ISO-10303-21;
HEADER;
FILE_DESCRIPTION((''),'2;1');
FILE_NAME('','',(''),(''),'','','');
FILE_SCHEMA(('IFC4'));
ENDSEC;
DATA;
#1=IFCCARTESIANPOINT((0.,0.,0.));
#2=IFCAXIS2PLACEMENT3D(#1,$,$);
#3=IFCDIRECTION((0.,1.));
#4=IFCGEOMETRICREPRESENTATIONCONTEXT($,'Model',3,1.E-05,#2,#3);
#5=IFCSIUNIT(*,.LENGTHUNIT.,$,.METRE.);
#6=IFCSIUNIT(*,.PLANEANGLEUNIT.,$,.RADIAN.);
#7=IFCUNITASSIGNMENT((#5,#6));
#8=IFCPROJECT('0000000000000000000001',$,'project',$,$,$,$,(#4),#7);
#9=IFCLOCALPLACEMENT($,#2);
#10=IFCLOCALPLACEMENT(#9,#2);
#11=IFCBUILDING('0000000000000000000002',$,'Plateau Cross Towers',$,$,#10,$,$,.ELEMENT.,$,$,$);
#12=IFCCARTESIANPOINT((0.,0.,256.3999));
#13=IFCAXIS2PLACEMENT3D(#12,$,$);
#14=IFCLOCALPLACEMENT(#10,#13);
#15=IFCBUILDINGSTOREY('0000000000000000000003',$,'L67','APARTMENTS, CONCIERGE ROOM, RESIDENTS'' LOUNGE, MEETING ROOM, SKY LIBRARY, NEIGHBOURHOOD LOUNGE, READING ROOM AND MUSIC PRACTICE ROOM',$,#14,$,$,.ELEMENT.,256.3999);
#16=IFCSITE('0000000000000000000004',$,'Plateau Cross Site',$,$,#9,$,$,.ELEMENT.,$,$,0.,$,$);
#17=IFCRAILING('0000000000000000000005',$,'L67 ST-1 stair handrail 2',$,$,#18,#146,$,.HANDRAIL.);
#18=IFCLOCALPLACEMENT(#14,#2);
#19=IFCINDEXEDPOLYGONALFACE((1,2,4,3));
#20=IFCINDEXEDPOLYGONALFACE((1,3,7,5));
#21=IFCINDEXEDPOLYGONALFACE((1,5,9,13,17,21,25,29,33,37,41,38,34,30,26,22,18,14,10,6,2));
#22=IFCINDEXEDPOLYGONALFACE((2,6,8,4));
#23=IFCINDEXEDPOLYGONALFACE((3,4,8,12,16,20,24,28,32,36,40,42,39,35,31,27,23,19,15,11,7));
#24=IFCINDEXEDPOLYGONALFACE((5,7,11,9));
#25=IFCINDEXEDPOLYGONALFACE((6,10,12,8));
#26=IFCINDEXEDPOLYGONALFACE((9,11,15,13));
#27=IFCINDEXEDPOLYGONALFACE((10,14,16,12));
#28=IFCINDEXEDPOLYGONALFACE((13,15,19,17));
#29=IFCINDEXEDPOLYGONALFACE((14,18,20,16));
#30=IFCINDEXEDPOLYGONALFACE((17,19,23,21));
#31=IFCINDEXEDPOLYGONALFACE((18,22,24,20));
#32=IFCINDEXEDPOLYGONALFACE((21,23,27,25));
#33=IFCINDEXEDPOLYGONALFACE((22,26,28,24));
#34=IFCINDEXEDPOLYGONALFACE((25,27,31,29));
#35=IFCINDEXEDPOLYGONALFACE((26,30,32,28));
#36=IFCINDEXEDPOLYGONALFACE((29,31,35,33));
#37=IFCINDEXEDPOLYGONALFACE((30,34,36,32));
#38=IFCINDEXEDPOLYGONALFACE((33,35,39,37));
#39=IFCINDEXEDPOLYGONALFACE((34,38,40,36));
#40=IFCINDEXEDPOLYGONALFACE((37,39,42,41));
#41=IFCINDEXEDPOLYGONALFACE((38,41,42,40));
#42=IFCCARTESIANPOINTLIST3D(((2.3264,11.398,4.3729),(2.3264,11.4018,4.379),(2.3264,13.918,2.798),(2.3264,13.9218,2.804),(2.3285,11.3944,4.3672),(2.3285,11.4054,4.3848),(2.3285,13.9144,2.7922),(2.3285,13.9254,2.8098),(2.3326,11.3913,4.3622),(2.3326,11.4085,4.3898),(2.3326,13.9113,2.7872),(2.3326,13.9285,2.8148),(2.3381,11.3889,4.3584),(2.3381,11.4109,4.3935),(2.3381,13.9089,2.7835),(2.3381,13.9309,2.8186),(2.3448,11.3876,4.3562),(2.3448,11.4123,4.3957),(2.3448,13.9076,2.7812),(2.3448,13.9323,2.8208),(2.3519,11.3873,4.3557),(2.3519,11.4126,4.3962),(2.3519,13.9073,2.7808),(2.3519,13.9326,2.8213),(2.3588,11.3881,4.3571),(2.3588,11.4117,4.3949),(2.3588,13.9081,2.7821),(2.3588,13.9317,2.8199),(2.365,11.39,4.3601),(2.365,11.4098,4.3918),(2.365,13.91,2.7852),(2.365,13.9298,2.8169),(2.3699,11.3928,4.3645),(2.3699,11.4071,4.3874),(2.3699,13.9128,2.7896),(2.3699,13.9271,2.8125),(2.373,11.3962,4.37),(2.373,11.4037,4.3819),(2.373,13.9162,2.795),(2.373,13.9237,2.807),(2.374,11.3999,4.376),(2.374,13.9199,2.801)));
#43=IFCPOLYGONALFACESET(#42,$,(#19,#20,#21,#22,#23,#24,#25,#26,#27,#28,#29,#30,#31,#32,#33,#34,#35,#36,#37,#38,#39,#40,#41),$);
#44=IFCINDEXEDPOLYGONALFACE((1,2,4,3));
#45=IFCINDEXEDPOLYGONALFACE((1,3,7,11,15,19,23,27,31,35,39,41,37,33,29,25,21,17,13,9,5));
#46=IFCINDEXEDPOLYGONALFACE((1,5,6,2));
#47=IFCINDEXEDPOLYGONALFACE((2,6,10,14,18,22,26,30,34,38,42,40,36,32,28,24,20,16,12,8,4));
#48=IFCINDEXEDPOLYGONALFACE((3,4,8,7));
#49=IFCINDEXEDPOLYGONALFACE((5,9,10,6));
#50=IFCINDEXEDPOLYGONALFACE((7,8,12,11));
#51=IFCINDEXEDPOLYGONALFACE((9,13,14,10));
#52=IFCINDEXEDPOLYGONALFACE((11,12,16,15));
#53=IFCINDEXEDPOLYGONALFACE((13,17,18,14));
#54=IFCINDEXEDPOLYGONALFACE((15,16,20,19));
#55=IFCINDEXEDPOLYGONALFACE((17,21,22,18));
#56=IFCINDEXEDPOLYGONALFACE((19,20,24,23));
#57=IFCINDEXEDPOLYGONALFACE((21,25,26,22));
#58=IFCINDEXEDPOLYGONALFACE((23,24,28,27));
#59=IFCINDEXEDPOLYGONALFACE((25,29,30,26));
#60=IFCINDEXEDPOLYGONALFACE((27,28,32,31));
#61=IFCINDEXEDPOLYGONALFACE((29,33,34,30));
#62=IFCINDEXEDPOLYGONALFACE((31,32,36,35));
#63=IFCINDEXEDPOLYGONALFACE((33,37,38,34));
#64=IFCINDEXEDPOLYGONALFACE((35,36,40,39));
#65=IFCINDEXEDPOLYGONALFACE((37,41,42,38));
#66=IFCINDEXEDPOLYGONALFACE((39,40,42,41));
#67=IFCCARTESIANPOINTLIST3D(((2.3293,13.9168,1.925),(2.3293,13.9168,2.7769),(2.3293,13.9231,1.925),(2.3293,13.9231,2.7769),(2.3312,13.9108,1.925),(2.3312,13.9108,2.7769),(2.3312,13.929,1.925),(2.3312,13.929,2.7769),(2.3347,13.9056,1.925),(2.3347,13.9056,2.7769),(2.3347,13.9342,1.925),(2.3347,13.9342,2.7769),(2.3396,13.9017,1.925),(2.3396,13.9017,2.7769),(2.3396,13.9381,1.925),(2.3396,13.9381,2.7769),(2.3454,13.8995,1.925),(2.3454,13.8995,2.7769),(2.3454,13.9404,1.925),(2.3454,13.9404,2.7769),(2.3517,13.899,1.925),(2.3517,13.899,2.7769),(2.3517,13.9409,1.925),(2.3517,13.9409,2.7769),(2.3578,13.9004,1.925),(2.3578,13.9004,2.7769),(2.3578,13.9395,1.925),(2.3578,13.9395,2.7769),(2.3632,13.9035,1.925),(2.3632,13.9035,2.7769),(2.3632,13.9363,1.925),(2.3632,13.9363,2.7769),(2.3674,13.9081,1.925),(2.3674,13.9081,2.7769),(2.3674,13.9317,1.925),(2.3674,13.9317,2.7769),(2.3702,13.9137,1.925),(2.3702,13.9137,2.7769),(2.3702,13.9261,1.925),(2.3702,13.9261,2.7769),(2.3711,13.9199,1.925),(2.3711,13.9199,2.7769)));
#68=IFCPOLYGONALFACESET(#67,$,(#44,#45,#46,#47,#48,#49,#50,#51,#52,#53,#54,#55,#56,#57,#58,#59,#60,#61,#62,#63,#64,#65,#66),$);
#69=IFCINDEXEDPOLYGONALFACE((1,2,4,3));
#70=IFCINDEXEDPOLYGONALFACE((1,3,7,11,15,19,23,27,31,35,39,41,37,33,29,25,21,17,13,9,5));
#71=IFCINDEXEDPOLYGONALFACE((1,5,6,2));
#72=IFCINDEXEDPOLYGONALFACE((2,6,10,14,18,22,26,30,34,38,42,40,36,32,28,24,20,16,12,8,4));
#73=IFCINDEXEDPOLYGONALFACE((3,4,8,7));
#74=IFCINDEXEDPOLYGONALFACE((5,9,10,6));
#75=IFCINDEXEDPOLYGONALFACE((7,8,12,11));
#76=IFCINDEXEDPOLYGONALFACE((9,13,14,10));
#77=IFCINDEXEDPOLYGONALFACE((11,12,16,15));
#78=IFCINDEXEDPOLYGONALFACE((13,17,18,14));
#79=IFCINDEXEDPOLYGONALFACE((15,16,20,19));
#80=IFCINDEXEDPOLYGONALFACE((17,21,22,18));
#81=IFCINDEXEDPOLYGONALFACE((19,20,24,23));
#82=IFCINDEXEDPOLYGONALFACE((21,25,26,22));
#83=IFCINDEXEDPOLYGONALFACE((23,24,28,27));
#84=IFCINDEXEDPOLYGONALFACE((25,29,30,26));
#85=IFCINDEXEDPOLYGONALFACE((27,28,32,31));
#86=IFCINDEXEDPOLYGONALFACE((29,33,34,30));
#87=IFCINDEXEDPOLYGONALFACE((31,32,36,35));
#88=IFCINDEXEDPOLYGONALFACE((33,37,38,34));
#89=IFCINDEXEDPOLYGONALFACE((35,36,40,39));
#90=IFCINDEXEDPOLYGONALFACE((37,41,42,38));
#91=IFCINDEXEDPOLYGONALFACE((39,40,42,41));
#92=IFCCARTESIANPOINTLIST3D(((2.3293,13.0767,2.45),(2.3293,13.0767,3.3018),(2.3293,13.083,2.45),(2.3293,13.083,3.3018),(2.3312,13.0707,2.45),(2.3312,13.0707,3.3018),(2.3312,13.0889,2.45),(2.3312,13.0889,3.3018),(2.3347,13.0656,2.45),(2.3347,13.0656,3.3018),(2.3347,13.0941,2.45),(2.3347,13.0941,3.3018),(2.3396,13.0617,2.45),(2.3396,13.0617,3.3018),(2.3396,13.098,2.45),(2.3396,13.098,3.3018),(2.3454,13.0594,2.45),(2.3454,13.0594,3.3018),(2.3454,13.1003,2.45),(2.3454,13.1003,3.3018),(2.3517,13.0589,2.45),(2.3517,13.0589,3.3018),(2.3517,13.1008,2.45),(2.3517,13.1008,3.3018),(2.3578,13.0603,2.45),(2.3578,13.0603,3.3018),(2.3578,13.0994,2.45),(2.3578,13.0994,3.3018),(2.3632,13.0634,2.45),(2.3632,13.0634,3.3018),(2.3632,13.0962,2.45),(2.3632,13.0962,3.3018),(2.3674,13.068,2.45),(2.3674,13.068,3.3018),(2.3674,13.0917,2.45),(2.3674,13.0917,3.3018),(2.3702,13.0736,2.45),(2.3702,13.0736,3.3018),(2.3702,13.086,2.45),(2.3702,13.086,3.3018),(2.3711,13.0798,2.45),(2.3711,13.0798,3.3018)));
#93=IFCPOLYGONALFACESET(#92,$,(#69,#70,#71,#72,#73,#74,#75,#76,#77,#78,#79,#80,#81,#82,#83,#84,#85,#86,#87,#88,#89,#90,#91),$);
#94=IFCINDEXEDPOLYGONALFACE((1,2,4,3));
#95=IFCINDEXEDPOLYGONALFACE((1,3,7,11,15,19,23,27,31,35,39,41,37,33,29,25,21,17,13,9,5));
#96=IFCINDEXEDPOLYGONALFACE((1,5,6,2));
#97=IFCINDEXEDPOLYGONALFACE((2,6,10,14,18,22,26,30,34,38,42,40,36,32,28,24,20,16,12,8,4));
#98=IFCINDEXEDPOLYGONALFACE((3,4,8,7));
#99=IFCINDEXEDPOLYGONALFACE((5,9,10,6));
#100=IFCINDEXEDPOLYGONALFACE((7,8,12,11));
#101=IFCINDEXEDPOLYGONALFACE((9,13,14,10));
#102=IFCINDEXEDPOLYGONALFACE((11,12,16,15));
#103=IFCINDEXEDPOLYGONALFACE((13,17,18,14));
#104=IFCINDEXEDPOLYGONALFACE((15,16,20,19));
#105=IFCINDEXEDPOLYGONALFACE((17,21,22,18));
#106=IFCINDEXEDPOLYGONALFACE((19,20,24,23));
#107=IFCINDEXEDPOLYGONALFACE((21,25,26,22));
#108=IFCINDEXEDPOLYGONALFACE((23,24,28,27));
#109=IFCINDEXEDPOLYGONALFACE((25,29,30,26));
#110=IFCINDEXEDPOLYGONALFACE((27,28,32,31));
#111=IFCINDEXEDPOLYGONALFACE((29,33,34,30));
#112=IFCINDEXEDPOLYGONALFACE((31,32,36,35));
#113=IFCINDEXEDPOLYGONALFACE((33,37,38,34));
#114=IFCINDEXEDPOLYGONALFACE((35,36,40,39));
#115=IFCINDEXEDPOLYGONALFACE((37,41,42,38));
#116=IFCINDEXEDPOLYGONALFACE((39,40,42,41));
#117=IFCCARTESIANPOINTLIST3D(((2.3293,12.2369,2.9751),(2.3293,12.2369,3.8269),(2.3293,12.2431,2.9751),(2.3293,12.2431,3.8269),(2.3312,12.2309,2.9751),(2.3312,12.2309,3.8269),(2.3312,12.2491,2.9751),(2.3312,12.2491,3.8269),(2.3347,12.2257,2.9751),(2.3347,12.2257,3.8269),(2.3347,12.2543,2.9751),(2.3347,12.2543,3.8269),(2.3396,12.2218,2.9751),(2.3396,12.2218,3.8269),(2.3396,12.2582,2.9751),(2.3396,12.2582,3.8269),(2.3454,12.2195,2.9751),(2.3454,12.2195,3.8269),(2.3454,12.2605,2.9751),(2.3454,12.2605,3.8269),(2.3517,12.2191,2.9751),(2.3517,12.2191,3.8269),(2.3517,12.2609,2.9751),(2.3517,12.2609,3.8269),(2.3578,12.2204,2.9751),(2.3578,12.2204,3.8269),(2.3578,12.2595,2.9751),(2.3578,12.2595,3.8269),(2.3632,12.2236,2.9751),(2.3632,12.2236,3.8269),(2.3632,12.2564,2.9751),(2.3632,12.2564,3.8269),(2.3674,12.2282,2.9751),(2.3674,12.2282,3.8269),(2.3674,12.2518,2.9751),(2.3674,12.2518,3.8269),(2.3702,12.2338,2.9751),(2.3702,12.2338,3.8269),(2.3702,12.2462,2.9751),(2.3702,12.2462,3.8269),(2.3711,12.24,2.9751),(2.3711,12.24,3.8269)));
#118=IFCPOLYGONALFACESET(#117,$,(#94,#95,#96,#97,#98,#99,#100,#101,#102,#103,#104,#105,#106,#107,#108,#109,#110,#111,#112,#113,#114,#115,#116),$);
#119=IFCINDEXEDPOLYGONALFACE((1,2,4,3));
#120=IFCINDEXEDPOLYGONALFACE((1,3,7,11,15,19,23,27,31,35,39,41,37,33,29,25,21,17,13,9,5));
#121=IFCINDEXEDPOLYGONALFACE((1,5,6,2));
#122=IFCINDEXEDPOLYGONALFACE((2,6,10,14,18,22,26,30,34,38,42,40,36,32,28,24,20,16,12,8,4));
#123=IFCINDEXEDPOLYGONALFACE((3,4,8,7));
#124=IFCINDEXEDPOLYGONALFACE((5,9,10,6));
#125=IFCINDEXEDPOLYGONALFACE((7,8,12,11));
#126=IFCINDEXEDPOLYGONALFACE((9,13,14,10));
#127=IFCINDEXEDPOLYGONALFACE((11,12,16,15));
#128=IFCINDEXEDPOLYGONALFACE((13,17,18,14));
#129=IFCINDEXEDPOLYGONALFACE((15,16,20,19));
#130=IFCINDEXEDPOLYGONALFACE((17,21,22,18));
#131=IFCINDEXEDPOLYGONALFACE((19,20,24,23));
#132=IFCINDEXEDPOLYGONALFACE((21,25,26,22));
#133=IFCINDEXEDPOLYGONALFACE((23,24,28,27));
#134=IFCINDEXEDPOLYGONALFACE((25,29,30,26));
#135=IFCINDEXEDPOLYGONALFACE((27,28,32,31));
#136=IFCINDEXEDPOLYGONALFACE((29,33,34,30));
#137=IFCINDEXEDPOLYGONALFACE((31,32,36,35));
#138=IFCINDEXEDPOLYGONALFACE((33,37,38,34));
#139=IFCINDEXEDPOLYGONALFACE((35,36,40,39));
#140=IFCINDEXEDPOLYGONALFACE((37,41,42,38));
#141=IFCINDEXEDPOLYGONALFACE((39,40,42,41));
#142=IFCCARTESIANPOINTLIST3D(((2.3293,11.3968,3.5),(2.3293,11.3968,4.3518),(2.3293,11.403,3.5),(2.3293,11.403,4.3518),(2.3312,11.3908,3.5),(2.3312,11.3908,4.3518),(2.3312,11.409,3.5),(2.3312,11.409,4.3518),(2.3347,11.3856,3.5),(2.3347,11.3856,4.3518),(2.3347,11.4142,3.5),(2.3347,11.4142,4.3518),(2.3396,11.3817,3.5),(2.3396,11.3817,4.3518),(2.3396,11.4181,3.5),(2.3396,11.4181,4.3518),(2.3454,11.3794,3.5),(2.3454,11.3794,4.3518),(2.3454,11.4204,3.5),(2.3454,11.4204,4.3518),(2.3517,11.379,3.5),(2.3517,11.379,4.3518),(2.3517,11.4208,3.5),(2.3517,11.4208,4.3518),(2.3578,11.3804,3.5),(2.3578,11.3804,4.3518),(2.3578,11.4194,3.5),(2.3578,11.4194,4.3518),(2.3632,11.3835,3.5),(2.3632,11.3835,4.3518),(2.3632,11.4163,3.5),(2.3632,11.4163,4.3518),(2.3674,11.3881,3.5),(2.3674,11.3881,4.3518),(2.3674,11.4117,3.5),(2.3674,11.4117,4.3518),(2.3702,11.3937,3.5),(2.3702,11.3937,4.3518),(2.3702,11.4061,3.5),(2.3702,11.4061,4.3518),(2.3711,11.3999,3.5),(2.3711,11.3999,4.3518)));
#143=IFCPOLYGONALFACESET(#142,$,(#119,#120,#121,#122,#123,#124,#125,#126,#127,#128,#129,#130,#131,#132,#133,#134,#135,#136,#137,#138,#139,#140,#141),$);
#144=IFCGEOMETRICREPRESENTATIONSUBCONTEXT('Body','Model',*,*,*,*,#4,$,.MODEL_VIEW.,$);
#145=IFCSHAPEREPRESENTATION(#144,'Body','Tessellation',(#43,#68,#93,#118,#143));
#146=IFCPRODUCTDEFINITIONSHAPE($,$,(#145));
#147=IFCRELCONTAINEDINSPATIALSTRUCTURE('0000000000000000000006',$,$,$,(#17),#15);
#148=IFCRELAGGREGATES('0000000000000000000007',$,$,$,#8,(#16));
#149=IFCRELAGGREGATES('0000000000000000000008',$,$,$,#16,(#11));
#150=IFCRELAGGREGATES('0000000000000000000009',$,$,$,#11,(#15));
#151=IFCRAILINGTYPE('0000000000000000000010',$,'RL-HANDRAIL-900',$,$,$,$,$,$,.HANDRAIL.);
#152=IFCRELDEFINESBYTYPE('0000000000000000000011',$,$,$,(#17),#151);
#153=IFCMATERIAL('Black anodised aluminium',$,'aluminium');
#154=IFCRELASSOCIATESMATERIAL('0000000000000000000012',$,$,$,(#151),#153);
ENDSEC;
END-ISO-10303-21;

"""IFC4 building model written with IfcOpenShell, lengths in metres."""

from ifc_helpers import new_model, si_unit, direction, frame, origin, origin_2d, place, context, subcontext, project, spatial, circle, extrude, material, type_object, element, save


model = new_model("IFC4")

# Units and contexts
model_context = context("Model", 3, precision=1e-05, world=origin(), true_north=direction((0.0, 1.0)))
body_context = subcontext(model_context, "Body", "Model", "MODEL_VIEW")
ifc_project = project(units=[si_unit("LENGTHUNIT", "METRE"), si_unit("PLANEANGLEUNIT", "RADIAN")], contexts=[model_context])

# Site, building, storey
site_placement = place(None, origin())
site = spatial("IfcSite", under=ifc_project, at=site_placement, Name="Plateau Cross Site", CompositionType="ELEMENT", RefElevation=0.0)
building_placement = place(site_placement, origin())
building = spatial("IfcBuilding", under=site, at=building_placement, Name="Plateau Cross Towers", CompositionType="ELEMENT")
storey_placement = place(building_placement, frame((0.0, 0.0, 256.3999)))
storey = spatial("IfcBuildingStorey", under=building, at=storey_placement, Name="L67", Description="APARTMENTS, CONCIERGE ROOM, RESIDENTS' LOUNGE, MEETING ROOM, SKY LIBRARY, NEIGHBOURHOOD LOUNGE, READING ROOM AND MUSIC PRACTICE ROOM", CompositionType="ELEMENT", Elevation=256.3999)

# Shared definitions
ifc_material_1 = material(Name="Black anodised aluminium", Category="aluminium")

# Railing
railing_type_1 = type_object("IfcRailingType", Name="RL-HANDRAIL-900", PredefinedType="HANDRAIL", material=ifc_material_1)
railing_1_placement = place(storey_placement, frame((2.3501, 13.9199, 1.925)))
element("IfcRailing", 1, at=railing_1_placement, inside=storey, type_object=railing_type_1, Name="L67 ST-1 stair handrail 2", PredefinedType="HANDRAIL", context=body_context, shape_type="SweptSolid", body=[
    extrude(circle(Radius=0.0239, at=origin_2d()), frame((0.0, 0.0, 0.876), z_axis=(0.0, -0.848008, 0.529984), x_axis=(1.0, 0.0, 0.0)), (0.0, 0.0, 1.0), 2.9717),
    extrude(circle(Radius=0.021, at=origin_2d()), origin(), (0.0, 0.0, 1.0), 0.8518),
    extrude(circle(Radius=0.021, at=origin_2d()), frame((0.0, -0.8401, 0.5249)), (0.0, 0.0, 1.0), 0.8518),
    extrude(circle(Radius=0.021, at=origin_2d()), frame((0.0, -1.6799, 1.05)), (0.0, 0.0, 1.0), 0.8518),
    extrude(circle(Radius=0.021, at=origin_2d()), frame((0.0, -2.52, 1.575)), (0.0, 0.0, 1.0), 0.8518),
])

save(model, "model.ifc")
